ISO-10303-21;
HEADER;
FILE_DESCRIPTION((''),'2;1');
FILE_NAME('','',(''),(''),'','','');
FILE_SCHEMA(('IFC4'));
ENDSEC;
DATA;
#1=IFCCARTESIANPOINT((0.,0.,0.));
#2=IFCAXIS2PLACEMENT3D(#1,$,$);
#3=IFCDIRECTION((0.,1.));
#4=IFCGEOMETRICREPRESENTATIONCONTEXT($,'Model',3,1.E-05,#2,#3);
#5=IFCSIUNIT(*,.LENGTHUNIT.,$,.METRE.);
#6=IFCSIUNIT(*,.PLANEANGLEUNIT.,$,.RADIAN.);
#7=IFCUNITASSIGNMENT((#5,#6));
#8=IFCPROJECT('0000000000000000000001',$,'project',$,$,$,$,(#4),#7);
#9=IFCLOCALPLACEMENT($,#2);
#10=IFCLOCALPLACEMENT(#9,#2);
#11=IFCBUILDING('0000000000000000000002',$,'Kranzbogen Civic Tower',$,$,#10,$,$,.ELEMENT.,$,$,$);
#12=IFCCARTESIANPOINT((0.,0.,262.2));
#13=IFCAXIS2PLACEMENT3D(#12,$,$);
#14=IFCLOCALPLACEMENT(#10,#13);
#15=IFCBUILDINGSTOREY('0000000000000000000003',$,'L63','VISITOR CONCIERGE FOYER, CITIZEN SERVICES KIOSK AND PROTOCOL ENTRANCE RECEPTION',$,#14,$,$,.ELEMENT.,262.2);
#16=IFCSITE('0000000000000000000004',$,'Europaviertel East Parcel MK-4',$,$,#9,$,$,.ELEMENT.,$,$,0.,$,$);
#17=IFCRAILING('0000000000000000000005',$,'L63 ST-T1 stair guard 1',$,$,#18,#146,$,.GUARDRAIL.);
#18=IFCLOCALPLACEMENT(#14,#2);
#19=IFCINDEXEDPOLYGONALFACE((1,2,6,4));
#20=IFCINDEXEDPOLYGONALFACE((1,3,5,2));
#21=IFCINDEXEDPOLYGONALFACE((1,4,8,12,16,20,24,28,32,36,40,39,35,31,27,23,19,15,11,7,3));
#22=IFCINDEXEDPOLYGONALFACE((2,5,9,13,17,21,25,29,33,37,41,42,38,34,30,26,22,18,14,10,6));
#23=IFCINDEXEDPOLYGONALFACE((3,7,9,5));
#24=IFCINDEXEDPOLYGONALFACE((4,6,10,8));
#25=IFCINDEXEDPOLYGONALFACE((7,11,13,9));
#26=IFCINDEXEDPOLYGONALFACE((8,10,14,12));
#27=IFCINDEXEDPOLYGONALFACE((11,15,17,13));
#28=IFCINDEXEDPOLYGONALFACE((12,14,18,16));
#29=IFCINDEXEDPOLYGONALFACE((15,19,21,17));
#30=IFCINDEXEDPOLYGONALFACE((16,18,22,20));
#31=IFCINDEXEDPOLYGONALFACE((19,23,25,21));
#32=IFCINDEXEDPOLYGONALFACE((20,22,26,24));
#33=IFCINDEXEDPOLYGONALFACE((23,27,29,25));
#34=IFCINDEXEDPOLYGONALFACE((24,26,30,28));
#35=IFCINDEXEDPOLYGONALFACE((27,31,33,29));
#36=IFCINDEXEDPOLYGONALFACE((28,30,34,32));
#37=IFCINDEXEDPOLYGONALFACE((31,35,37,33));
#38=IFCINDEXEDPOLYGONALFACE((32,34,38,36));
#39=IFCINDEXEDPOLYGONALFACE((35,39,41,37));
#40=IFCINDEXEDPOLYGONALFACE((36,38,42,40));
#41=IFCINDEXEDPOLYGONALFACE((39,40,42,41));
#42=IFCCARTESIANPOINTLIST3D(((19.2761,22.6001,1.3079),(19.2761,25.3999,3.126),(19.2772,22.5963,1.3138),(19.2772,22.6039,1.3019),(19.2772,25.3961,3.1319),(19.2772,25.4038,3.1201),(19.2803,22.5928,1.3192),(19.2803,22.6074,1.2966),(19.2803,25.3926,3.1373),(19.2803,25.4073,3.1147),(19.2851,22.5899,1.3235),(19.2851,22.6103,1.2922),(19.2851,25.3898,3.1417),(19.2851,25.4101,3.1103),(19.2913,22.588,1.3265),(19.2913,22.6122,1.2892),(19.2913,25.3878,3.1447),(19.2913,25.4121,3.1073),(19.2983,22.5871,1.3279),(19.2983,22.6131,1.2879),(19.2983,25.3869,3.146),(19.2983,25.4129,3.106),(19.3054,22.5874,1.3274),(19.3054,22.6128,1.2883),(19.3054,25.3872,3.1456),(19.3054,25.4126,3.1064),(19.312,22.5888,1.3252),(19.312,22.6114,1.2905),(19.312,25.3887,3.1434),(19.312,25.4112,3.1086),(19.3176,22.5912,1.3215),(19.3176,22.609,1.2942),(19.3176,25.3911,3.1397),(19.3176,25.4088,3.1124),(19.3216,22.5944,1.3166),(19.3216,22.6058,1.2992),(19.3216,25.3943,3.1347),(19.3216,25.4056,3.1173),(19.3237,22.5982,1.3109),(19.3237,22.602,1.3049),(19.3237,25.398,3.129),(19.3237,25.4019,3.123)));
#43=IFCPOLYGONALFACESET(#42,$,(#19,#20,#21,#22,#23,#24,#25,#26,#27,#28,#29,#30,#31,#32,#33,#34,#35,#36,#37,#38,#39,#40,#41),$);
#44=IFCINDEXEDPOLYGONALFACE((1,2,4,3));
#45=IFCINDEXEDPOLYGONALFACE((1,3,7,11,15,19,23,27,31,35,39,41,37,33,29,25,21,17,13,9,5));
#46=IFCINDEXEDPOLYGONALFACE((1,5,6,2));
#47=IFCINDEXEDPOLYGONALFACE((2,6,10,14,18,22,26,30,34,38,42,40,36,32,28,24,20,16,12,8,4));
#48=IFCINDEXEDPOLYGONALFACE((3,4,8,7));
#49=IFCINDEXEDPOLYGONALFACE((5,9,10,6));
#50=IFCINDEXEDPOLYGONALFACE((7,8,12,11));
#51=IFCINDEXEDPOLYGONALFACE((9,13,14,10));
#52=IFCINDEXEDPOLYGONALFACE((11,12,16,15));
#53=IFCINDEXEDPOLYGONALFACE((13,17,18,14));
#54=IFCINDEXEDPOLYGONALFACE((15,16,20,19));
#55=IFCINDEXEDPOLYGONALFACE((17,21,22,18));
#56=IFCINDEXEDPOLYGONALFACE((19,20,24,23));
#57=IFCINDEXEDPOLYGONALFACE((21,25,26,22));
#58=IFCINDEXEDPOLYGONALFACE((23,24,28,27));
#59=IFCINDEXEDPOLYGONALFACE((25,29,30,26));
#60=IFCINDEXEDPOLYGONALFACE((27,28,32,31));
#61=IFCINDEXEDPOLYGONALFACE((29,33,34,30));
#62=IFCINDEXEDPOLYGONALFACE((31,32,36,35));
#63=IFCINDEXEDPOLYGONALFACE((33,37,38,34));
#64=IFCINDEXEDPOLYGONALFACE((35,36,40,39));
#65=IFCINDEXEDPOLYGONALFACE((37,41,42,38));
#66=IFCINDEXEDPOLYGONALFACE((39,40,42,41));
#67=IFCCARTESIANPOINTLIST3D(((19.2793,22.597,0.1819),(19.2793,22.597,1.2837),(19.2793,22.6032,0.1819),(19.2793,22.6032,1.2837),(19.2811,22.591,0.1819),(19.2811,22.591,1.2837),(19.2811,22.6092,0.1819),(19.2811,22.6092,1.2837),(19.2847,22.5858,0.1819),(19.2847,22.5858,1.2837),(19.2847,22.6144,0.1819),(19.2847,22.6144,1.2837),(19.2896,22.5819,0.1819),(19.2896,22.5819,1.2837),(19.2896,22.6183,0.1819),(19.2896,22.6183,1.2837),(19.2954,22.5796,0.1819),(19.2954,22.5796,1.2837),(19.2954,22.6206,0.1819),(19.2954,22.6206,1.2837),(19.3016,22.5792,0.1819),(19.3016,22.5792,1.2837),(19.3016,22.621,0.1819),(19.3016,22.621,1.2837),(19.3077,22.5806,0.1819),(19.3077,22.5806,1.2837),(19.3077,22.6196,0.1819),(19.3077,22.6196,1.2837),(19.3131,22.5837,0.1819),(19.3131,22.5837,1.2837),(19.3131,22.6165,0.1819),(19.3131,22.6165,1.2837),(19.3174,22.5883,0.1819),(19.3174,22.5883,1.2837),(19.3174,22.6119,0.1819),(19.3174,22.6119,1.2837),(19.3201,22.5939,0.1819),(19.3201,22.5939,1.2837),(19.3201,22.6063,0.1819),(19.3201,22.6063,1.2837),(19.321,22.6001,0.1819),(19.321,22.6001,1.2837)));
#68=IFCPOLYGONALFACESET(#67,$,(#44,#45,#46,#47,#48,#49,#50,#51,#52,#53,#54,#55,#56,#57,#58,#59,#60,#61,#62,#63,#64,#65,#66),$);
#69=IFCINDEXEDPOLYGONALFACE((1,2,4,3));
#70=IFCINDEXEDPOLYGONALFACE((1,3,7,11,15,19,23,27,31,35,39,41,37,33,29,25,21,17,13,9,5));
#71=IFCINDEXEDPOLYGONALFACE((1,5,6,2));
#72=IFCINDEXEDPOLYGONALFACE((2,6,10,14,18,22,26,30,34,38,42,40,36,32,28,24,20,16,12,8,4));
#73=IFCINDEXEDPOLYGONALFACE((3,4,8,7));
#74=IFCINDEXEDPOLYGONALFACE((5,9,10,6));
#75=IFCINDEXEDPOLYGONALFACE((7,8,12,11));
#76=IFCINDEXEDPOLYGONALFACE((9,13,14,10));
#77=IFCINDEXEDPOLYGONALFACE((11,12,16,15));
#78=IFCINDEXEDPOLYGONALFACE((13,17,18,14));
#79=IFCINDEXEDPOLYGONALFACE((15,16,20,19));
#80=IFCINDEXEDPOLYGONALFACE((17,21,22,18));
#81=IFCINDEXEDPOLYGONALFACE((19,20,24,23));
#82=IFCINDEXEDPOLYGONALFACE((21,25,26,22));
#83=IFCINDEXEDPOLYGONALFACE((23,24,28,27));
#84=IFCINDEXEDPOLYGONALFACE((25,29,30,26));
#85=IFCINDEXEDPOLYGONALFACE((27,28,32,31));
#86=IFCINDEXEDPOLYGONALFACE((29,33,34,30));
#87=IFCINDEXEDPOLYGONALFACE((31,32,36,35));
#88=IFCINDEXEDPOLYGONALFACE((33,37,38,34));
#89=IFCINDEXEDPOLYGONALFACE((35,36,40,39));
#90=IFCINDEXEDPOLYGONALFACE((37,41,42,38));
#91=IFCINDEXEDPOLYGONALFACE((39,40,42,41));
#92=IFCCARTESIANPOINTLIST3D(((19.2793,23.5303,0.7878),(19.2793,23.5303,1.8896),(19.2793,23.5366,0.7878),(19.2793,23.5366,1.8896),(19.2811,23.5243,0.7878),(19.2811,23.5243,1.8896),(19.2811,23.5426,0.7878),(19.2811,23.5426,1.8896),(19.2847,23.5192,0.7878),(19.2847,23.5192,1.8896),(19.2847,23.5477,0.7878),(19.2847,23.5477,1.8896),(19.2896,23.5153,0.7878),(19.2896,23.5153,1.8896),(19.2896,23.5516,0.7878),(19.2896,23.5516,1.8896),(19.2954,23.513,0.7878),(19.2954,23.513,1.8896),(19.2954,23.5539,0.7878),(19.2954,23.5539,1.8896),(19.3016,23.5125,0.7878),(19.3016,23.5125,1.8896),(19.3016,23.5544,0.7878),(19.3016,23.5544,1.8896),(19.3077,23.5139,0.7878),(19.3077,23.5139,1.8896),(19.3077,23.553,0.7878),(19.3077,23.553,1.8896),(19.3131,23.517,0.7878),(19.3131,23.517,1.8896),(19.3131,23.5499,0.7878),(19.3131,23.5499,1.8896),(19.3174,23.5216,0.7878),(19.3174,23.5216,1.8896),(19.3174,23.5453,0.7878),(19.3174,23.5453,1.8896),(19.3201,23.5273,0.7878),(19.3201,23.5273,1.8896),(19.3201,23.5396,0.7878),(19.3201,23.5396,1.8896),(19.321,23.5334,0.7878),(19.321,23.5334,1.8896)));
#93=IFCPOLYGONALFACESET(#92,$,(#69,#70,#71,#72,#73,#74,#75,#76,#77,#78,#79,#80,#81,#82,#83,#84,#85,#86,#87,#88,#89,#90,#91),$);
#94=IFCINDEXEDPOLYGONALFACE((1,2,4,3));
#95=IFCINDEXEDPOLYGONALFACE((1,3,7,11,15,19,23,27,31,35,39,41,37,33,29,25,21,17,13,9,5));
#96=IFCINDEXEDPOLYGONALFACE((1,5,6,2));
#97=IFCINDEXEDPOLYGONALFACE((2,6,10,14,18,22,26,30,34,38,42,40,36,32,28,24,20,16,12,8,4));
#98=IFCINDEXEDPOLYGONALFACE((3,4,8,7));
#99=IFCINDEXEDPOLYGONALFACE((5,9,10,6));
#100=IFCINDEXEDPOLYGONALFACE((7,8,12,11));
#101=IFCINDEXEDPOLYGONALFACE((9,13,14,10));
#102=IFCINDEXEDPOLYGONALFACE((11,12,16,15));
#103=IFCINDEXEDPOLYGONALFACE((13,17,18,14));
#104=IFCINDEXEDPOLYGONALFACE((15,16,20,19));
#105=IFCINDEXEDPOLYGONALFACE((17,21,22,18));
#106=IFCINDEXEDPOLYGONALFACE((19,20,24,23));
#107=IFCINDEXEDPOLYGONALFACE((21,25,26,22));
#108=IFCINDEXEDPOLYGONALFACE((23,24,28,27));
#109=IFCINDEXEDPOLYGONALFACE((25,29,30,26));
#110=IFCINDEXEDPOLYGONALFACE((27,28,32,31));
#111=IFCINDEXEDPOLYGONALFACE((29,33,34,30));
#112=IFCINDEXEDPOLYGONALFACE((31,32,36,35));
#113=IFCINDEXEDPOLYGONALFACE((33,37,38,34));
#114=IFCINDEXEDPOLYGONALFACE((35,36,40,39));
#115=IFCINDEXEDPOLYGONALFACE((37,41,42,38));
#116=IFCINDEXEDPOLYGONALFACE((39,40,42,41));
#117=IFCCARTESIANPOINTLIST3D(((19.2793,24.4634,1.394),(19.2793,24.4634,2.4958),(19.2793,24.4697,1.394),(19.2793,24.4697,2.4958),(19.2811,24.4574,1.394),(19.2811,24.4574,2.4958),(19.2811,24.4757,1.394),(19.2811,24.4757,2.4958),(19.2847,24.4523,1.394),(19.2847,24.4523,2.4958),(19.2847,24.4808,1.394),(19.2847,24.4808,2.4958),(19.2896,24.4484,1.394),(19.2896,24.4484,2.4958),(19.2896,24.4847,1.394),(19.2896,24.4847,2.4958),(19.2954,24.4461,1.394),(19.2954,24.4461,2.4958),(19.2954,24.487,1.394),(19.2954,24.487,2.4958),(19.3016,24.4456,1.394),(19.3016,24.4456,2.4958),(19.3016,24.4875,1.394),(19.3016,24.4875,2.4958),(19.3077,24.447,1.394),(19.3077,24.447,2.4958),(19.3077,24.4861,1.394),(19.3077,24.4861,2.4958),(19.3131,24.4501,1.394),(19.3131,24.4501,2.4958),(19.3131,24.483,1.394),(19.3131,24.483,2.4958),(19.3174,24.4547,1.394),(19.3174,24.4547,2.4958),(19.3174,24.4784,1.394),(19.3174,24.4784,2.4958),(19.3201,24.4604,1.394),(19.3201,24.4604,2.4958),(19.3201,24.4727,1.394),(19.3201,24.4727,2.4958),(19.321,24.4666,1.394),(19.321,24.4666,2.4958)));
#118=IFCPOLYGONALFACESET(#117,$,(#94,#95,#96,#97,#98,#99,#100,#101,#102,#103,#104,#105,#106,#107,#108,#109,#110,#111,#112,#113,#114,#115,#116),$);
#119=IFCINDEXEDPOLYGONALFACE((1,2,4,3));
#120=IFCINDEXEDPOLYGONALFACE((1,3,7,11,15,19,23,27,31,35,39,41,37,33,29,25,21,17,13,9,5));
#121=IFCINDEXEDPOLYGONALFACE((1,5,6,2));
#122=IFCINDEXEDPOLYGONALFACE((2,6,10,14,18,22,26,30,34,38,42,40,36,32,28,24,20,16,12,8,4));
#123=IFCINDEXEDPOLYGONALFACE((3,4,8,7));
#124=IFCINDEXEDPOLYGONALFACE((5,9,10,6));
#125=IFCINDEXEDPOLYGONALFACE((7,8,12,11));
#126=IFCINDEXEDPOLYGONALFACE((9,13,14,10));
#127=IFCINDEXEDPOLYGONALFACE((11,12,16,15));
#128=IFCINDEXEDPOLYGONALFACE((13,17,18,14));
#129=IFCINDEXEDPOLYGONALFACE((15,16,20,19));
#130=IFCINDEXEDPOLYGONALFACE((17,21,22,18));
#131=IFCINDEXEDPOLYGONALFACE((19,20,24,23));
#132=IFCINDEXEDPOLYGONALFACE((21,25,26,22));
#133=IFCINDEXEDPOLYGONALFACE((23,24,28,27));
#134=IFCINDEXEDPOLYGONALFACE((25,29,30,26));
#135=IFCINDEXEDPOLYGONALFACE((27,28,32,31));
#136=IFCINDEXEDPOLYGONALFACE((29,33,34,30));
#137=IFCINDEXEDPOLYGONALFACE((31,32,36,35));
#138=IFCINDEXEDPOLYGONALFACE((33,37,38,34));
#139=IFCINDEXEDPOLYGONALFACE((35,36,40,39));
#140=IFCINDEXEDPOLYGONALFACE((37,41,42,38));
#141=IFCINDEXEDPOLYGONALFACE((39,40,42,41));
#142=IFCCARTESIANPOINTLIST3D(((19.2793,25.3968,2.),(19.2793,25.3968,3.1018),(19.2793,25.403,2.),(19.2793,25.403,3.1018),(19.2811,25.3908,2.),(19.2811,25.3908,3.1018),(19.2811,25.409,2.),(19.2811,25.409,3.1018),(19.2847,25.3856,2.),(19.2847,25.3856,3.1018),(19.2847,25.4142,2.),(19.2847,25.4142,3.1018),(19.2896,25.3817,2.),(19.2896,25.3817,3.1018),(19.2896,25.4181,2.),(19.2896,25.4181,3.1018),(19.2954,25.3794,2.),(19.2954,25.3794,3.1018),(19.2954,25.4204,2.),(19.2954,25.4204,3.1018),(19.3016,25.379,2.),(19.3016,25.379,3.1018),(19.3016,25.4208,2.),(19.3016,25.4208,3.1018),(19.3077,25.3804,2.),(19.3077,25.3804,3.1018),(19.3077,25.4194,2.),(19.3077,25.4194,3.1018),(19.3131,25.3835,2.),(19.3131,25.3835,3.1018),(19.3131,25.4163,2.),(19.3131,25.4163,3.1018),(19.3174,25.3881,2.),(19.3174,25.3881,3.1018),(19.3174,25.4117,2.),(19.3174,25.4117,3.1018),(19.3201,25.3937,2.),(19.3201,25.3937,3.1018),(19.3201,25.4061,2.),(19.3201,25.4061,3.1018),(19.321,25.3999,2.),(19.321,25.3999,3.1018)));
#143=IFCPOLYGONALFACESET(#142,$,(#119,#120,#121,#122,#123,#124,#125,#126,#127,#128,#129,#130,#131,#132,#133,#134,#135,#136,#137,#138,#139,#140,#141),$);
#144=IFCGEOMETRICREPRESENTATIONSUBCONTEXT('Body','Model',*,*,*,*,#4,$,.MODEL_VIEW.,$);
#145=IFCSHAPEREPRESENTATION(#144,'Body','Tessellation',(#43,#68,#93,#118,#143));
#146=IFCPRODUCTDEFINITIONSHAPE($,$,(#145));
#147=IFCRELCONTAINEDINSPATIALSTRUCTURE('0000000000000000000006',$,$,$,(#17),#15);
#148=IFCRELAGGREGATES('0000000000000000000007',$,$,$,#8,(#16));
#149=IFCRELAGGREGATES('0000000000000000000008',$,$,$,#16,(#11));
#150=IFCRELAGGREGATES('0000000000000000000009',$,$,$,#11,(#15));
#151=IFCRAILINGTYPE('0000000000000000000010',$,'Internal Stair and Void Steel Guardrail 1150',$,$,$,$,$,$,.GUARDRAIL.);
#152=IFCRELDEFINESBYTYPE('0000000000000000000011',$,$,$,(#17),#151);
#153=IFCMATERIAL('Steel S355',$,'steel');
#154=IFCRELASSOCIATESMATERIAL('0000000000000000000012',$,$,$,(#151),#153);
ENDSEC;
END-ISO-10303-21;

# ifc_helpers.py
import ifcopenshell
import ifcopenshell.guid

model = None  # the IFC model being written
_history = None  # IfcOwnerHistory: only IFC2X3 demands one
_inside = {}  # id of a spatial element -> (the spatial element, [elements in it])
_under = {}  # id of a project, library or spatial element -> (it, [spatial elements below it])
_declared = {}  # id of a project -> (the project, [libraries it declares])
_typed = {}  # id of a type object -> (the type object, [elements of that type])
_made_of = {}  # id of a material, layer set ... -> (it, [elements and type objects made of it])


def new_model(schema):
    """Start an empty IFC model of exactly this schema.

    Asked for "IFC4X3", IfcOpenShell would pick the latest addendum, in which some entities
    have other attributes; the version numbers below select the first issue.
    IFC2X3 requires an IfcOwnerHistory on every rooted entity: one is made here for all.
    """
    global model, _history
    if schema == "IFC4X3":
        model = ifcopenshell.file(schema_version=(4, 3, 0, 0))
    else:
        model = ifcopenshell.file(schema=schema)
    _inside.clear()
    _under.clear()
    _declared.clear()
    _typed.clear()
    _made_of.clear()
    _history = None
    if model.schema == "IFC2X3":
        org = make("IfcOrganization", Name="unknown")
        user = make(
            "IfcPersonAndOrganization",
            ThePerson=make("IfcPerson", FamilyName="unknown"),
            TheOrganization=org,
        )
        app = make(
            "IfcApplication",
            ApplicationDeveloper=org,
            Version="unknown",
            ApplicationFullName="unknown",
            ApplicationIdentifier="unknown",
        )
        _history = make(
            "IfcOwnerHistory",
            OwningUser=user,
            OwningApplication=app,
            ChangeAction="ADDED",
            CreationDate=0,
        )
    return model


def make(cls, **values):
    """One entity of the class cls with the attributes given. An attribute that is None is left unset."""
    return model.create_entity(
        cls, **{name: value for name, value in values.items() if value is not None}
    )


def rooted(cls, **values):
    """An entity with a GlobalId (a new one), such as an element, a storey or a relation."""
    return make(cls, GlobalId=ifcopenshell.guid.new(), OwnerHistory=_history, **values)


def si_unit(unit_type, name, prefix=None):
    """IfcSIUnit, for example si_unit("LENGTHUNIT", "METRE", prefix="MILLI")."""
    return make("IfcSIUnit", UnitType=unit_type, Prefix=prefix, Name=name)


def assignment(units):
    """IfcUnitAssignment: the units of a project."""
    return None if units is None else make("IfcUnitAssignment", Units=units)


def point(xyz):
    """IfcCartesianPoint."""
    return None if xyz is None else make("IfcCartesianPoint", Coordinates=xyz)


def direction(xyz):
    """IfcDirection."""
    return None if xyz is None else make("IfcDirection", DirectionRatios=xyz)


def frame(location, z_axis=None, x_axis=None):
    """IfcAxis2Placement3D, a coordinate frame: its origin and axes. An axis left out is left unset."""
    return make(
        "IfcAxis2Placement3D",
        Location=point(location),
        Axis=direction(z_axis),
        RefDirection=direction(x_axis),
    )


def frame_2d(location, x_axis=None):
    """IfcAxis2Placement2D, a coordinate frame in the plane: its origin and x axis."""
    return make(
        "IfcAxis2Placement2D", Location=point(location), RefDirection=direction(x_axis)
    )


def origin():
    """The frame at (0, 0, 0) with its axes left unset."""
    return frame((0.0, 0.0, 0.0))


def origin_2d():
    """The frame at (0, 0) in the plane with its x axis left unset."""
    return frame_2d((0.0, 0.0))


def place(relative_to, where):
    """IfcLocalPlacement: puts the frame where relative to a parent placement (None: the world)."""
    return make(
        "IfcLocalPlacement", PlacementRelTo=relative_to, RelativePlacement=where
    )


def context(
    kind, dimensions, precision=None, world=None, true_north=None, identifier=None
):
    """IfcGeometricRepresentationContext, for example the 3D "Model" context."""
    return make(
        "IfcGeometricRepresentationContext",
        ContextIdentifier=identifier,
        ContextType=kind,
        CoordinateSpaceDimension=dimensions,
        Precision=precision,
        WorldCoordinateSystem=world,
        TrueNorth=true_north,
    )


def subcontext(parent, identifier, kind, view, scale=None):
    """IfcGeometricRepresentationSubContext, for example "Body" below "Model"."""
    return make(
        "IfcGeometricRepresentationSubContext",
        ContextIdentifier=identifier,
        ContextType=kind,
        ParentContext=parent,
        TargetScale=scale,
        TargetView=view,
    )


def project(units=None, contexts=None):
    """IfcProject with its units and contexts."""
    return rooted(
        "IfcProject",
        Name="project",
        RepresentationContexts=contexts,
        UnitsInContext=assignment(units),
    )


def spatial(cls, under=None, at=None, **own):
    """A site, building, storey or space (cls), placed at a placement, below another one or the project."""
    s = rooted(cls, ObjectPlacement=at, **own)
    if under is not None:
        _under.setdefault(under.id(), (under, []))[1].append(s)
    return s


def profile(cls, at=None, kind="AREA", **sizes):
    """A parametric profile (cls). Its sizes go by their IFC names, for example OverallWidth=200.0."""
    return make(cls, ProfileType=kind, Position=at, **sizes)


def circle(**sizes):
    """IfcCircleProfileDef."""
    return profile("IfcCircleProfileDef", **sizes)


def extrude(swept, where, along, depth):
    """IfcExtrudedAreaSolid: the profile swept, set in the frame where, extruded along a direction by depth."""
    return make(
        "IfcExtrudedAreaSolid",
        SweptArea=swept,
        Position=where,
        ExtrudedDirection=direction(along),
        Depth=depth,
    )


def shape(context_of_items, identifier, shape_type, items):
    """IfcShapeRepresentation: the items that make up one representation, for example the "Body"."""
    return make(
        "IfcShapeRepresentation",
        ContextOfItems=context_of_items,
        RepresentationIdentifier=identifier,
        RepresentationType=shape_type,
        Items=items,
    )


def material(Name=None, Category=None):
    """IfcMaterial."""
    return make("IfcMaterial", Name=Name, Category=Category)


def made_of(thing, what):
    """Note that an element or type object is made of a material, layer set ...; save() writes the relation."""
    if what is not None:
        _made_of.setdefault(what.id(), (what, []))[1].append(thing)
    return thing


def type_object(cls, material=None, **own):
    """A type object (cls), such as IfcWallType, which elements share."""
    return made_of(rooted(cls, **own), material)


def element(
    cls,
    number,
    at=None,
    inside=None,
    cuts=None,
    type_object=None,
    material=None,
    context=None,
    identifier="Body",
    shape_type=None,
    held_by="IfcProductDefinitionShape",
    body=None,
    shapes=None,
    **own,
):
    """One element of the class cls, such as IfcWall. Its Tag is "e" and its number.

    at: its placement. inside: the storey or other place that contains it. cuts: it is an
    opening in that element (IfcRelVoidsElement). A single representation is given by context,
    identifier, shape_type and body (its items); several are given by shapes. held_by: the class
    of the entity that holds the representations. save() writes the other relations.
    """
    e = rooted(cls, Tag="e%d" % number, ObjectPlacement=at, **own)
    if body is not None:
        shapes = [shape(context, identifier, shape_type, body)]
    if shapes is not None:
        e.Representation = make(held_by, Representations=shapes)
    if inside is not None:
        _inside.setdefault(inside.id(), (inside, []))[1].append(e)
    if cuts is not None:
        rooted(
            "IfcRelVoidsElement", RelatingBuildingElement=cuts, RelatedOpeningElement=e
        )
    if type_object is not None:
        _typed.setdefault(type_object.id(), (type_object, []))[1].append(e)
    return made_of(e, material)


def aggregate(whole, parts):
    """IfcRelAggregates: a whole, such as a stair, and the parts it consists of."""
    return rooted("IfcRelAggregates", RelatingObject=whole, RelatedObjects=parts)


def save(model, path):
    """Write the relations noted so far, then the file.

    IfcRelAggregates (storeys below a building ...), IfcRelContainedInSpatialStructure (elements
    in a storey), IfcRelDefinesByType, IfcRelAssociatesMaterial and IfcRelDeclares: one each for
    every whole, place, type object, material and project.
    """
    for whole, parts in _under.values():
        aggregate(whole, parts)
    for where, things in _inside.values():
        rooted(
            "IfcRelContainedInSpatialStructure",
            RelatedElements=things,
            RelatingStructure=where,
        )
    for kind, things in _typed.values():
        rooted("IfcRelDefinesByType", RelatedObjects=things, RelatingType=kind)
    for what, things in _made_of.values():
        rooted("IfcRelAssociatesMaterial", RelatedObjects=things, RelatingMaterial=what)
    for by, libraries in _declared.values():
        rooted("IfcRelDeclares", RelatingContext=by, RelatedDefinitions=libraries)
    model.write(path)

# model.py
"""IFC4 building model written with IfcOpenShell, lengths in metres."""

from ifc_helpers import new_model, si_unit, direction, frame, origin, origin_2d, place, context, subcontext, project, spatial, circle, extrude, material, type_object, element, save


model = new_model("IFC4")

# Units and contexts
model_context = context("Model", 3, precision=1e-05, world=origin(), true_north=direction((0.0, 1.0)))
body_context = subcontext(model_context, "Body", "Model", "MODEL_VIEW")
ifc_project = project(units=[si_unit("LENGTHUNIT", "METRE"), si_unit("PLANEANGLEUNIT", "RADIAN")], contexts=[model_context])

# Site, building, storey
site_placement = place(None, origin())
site = spatial("IfcSite", under=ifc_project, at=site_placement, Name="Europaviertel East Parcel MK-4", CompositionType="ELEMENT", RefElevation=0.0)
building_placement = place(site_placement, origin())
building = spatial("IfcBuilding", under=site, at=building_placement, Name="Kranzbogen Civic Tower", CompositionType="ELEMENT")
storey_placement = place(building_placement, frame((0.0, 0.0, 262.2)))
storey = spatial("IfcBuildingStorey", under=building, at=storey_placement, Name="L63", Description="VISITOR CONCIERGE FOYER, CITIZEN SERVICES KIOSK AND PROTOCOL ENTRANCE RECEPTION", CompositionType="ELEMENT", Elevation=262.2)

# Shared definitions
ifc_material_1 = material(Name="Steel S355", Category="steel")

# Railing
railing_type_1 = type_object("IfcRailingType", Name="Internal Stair and Void Steel Guardrail 1150", PredefinedType="GUARDRAIL", material=ifc_material_1)
railing_1_placement = place(storey_placement, frame((19.3, 22.6001, 0.1819)))
element("IfcRailing", 1, at=railing_1_placement, inside=storey, type_object=railing_type_1, Name="L63 ST-T1 stair guard 1", PredefinedType="GUARDRAIL", context=body_context, shape_type="SweptSolid", body=[
    extrude(circle(Radius=0.0239, at=origin_2d()), frame((0.0, 0.0, 1.126), z_axis=(0.0, 0.838684, 0.544618), x_axis=(-1.0, 0.0, 0.0)), (0.0, 0.0, 1.0), 3.3384),
    extrude(circle(Radius=0.021, at=origin_2d()), origin(), (0.0, 0.0, 1.0), 1.1018),
    extrude(circle(Radius=0.021, at=origin_2d()), frame((0.0, 0.9333, 0.606)), (0.0, 0.0, 1.0), 1.1018),
    extrude(circle(Radius=0.021, at=origin_2d()), frame((0.0, 1.8665, 1.2122)), (0.0, 0.0, 1.0), 1.1018),
    extrude(circle(Radius=0.021, at=origin_2d()), frame((0.0, 2.7998, 1.8181)), (0.0, 0.0, 1.0), 1.1018),
])

save(model, "model.ifc")
